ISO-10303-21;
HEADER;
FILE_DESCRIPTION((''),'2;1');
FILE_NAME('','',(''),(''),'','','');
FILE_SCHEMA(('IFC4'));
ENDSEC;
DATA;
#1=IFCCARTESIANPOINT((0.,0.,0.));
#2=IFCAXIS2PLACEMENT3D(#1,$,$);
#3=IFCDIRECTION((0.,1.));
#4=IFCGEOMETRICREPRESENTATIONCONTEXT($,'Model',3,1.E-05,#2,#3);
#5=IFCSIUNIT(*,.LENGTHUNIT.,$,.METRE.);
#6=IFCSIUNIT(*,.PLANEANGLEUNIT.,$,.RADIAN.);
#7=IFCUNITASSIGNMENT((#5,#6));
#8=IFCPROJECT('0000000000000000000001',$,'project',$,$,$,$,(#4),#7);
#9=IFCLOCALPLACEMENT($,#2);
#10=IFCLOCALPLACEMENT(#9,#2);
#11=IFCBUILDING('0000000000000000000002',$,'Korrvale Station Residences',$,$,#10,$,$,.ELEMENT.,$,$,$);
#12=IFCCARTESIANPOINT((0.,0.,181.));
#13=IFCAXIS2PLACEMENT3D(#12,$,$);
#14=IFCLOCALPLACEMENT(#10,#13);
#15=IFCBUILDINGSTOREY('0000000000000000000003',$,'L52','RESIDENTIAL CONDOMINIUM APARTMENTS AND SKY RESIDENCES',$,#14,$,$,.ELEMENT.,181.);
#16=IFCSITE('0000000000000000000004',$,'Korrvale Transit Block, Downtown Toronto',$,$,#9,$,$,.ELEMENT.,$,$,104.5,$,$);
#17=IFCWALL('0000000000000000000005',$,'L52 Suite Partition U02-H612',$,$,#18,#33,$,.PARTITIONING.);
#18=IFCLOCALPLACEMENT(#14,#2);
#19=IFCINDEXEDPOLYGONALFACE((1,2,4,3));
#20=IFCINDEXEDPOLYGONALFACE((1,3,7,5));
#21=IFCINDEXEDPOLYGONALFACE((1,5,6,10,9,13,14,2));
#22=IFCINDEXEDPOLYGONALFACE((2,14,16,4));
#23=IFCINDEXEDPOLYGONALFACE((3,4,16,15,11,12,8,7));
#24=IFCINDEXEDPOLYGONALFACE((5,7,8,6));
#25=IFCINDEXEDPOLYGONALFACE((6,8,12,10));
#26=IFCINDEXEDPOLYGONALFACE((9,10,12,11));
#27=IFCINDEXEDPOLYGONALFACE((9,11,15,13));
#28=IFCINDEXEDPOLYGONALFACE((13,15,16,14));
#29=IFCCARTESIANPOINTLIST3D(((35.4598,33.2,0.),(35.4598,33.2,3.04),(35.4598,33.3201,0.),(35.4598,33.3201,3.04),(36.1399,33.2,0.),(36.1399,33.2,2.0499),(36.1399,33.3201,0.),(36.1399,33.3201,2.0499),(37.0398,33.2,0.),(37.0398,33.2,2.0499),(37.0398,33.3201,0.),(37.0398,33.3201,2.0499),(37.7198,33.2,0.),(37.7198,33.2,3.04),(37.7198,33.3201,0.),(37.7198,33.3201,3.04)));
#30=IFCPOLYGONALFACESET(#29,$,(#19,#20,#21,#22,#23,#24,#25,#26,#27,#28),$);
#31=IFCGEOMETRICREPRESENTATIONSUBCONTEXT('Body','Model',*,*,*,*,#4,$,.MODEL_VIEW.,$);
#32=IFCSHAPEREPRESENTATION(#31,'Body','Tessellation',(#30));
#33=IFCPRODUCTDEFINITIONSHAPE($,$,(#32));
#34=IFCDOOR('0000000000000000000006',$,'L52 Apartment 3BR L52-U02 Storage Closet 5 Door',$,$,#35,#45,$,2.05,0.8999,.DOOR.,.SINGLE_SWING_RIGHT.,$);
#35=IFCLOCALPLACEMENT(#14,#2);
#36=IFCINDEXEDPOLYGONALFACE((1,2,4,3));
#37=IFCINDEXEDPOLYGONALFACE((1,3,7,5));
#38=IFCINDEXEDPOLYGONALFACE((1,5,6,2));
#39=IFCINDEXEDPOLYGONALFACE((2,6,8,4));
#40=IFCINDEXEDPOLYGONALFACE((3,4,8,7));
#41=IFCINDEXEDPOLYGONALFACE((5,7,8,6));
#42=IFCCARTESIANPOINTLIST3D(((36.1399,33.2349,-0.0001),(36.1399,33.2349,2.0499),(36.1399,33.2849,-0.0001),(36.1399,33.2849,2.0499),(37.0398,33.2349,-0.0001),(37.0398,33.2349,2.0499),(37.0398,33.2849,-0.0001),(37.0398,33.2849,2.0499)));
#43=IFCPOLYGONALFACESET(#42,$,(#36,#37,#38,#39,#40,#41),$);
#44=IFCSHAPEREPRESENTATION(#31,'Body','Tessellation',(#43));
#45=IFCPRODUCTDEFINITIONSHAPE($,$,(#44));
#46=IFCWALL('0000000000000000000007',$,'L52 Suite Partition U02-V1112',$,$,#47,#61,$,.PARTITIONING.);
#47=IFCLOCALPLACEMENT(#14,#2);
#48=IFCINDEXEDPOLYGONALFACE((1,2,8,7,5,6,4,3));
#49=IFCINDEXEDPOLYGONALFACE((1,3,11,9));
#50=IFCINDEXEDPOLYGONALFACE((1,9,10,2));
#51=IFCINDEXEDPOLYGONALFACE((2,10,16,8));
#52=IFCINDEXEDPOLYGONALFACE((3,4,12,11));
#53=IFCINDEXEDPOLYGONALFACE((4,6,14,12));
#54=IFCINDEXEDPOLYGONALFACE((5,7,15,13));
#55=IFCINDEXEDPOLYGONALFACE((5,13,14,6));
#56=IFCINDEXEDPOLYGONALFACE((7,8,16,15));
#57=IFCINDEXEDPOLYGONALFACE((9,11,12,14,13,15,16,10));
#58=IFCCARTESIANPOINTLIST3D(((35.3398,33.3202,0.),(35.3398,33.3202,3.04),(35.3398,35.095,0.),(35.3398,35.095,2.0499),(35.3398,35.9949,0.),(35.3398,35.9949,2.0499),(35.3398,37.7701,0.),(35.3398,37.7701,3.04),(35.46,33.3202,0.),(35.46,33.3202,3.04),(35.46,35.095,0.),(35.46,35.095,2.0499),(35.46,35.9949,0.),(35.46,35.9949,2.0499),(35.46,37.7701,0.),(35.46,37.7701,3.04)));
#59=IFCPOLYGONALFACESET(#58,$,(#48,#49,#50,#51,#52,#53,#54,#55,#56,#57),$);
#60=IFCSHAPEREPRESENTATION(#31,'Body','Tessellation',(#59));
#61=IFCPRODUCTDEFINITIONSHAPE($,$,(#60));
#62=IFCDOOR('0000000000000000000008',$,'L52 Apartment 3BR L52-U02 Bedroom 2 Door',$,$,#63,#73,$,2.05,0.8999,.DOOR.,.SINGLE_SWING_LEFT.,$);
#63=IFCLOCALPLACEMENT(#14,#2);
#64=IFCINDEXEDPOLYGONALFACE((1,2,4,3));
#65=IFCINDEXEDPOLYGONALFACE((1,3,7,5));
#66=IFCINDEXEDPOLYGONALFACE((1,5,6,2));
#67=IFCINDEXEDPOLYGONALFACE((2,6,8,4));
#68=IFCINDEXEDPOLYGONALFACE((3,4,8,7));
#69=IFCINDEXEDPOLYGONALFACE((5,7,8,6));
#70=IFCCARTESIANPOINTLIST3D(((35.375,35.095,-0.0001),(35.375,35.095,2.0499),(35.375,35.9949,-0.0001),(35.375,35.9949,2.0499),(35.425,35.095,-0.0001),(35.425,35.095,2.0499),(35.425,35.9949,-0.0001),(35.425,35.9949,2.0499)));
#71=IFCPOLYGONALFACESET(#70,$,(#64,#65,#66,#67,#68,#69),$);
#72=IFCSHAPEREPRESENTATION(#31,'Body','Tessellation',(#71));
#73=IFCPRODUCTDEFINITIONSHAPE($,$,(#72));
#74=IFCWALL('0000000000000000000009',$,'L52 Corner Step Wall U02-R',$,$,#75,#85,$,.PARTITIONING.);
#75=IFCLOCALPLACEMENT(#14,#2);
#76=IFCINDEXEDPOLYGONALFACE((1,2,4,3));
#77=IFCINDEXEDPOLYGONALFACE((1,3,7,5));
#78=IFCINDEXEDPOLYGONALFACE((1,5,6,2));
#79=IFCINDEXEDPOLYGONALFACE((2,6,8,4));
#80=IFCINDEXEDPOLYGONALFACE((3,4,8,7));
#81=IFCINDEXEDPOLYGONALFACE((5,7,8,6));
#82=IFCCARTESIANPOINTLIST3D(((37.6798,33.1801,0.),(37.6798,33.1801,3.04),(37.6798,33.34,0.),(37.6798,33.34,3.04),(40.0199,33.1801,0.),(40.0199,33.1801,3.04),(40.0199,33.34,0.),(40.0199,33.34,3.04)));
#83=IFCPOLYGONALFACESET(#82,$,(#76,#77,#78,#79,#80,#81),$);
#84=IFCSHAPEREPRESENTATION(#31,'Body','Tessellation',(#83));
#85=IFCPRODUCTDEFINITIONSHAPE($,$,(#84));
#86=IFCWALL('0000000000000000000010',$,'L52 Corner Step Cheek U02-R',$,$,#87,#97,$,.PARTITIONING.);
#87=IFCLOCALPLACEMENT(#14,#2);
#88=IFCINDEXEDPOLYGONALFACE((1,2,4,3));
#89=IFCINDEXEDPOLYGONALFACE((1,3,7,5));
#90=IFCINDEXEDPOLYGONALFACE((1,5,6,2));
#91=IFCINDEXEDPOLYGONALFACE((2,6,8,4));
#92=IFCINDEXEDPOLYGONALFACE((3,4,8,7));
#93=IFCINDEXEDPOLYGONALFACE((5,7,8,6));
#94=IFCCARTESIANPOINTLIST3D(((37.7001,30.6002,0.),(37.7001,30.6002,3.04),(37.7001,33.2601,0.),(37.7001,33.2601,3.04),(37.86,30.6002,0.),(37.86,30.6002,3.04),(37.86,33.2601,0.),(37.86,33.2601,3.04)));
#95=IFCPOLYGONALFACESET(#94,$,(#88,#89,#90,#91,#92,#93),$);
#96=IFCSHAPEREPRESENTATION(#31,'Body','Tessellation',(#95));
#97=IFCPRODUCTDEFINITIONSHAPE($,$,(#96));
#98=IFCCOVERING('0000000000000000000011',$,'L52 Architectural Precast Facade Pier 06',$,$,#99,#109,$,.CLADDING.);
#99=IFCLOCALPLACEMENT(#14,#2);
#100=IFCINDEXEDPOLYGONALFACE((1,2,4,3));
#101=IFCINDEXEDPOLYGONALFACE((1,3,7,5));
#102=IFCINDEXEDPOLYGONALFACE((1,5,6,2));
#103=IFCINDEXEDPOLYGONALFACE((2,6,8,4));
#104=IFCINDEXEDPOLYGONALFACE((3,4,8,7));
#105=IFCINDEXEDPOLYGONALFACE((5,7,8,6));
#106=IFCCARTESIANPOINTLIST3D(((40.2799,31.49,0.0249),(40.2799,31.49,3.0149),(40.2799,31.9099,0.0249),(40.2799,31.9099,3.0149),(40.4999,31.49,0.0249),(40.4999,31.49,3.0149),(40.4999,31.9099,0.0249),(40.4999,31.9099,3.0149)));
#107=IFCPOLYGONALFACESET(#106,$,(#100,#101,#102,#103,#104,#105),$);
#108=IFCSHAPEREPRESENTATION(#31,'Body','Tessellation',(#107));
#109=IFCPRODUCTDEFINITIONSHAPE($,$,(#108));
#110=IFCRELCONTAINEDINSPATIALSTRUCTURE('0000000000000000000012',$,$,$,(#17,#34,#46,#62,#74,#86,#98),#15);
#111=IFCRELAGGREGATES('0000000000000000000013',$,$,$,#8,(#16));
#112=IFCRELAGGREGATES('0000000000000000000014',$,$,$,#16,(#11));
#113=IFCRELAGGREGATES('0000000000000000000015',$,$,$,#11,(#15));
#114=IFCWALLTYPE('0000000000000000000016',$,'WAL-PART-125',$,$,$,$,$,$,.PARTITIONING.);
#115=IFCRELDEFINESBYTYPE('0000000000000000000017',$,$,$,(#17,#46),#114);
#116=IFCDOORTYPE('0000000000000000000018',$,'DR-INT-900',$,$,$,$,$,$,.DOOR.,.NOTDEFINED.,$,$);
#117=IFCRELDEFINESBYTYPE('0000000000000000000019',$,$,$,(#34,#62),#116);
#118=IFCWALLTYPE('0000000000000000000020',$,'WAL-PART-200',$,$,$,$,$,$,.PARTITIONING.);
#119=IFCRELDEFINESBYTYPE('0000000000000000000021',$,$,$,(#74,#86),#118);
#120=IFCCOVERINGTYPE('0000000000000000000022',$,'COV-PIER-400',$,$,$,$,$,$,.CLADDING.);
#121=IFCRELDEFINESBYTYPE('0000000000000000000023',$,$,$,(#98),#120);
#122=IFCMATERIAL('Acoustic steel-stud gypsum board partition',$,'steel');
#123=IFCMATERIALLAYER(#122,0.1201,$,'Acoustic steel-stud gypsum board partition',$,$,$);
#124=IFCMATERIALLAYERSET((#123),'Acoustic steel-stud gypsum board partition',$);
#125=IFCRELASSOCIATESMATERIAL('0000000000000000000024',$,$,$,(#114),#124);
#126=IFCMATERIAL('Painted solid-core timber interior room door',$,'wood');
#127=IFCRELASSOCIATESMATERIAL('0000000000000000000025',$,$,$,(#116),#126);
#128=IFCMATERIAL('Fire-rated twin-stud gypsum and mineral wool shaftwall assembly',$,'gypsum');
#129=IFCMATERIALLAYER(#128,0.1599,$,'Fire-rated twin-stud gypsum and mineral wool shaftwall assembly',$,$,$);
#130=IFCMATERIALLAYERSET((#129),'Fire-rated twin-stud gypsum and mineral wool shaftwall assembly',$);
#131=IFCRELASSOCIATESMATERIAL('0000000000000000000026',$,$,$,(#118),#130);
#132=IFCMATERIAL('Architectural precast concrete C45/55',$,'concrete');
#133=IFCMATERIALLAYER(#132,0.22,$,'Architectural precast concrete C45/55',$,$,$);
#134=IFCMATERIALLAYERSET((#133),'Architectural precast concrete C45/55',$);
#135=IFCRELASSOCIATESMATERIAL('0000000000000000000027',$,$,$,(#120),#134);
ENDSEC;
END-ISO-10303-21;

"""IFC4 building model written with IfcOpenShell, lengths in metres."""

from ifc_helpers import new_model, si_unit, direction, frame, frame_2d, origin, origin_2d, place, context, subcontext, project, spatial, rectangle, extrude, material, layer, layer_set, type_object, element, fill, save


model = new_model("IFC4")

# Units and contexts
model_context = context("Model", 3, precision=1e-05, world=origin(), true_north=direction((0.0, 1.0)))
body_context = subcontext(model_context, "Body", "Model", "MODEL_VIEW")
ifc_project = project(units=[si_unit("LENGTHUNIT", "METRE"), si_unit("PLANEANGLEUNIT", "RADIAN")], contexts=[model_context])

# Site, building, storey
site_placement = place(None, origin())
site = spatial("IfcSite", under=ifc_project, at=site_placement, Name="Korrvale Transit Block, Downtown Toronto", CompositionType="ELEMENT", RefElevation=104.5)
building_placement = place(site_placement, origin())
building = spatial("IfcBuilding", under=site, at=building_placement, Name="Korrvale Station Residences", CompositionType="ELEMENT")
storey_placement = place(building_placement, frame((0.0, 0.0, 181.0)))
storey = spatial("IfcBuildingStorey", under=building, at=storey_placement, Name="L52", Description="RESIDENTIAL CONDOMINIUM APARTMENTS AND SKY RESIDENCES", CompositionType="ELEMENT", Elevation=181.0)

# Shared definitions
ifc_material_1 = material(Name="Acoustic steel-stud gypsum board partition", Category="steel")
ifc_layer_1 = layer(ifc_material_1, 0.1201, Name="Acoustic steel-stud gypsum board partition")
ifc_layer_set_1 = layer_set([ifc_layer_1], Name="Acoustic steel-stud gypsum board partition")
wall_type_1 = type_object("IfcWallType", Name="WAL-PART-125", PredefinedType="PARTITIONING", material=ifc_layer_set_1)
ifc_material_2 = material(Name="Painted solid-core timber interior room door", Category="wood")
door_type = type_object("IfcDoorType", Name="DR-INT-900", OperationType="NOTDEFINED", PredefinedType="DOOR", material=ifc_material_2)

# Walls, openings, doors
wall_1_placement = place(storey_placement, frame((35.46, 33.26, 0.0), z_axis=(0.0, 0.0, 1.0), x_axis=(1.0, 0.0, 0.0)))
wall_1 = element("IfcWall", 1, at=wall_1_placement, inside=storey, type_object=wall_type_1, Name="L52 Suite Partition U02-H612", PredefinedType="PARTITIONING", context=body_context, shape_type="SweptSolid", body=[
    extrude(rectangle(XDim=2.26, YDim=0.1201, at=frame_2d((1.1299, 0.0))), origin(), (0.0, 0.0, 1.0), 3.04),
])
opening_1_placement = place(wall_1_placement, frame((0.6799, 0.0, 0.0)))
opening_1 = element("IfcOpeningElement", 2, at=opening_1_placement, cuts=wall_1, PredefinedType="OPENING", context=body_context, shape_type="SweptSolid", body=[
    extrude(rectangle(XDim=0.8999, YDim=2.05, at=frame_2d((0.45, 1.0249))), frame((0.0, 0.0701, 0.0), z_axis=(0.0, -1.0, 0.0), x_axis=(1.0, 0.0, 0.0)), (0.0, 0.0, 1.0), 0.1401),
])
door_1_placement = place(opening_1_placement, origin())
door_1 = element("IfcDoor", 3, at=door_1_placement, inside=storey, type_object=door_type, Name="L52 Apartment 3BR L52-U02 Storage Closet 5 Door", OperationType="SINGLE_SWING_RIGHT", OverallHeight=2.05, OverallWidth=0.8999, PredefinedType="DOOR", context=body_context, shape_type="SweptSolid", body=[
    extrude(rectangle(XDim=0.8999, YDim=2.05, at=frame_2d((0.45, 1.0249))), frame((0.0, 0.0249, 0.0), z_axis=(0.0, -1.0, 0.0), x_axis=(1.0, 0.0, 0.0)), (0.0, 0.0, 1.0), 0.05),
])
fill(opening_1, door_1)
wall_2_placement = place(storey_placement, frame((35.3999, 33.3201, 0.0), z_axis=(0.0, 0.0, 1.0), x_axis=(0.0, 1.0, 0.0)))
wall_2 = element("IfcWall", 4, at=wall_2_placement, inside=storey, type_object=wall_type_1, Name="L52 Suite Partition U02-V1112", PredefinedType="PARTITIONING", context=body_context, shape_type="SweptSolid", body=[
    extrude(rectangle(XDim=4.45, YDim=0.1201, at=frame_2d((2.2251, 0.0))), origin(), (0.0, 0.0, 1.0), 3.04),
])
opening_2_placement = place(wall_2_placement, frame((1.7749, 0.0, 0.0)))
opening_2 = element("IfcOpeningElement", 5, at=opening_2_placement, cuts=wall_2, PredefinedType="OPENING", context=body_context, shape_type="SweptSolid", body=[
    extrude(rectangle(XDim=0.8999, YDim=2.05, at=frame_2d((0.45, 1.0249))), frame((0.0, 0.0701, 0.0), z_axis=(0.0, -1.0, 0.0), x_axis=(1.0, 0.0, 0.0)), (0.0, 0.0, 1.0), 0.1401),
])
door_2_placement = place(opening_2_placement, origin())
door_2 = element("IfcDoor", 6, at=door_2_placement, inside=storey, type_object=door_type, Name="L52 Apartment 3BR L52-U02 Bedroom 2 Door", OperationType="SINGLE_SWING_LEFT", OverallHeight=2.05, OverallWidth=0.8999, PredefinedType="DOOR", context=body_context, shape_type="SweptSolid", body=[
    extrude(rectangle(XDim=0.8999, YDim=2.05, at=frame_2d((0.45, 1.0249))), frame((0.0, 0.0249, 0.0), z_axis=(0.0, -1.0, 0.0), x_axis=(1.0, 0.0, 0.0)), (0.0, 0.0, 1.0), 0.05),
])
fill(opening_2, door_2)

# Walls
ifc_material_3 = material(Name="Fire-rated twin-stud gypsum and mineral wool shaftwall assembly", Category="gypsum")
ifc_layer_2 = layer(ifc_material_3, 0.1599, Name="Fire-rated twin-stud gypsum and mineral wool shaftwall assembly")
ifc_layer_set_2 = layer_set([ifc_layer_2], Name="Fire-rated twin-stud gypsum and mineral wool shaftwall assembly")
wall_type_2 = type_object("IfcWallType", Name="WAL-PART-200", PredefinedType="PARTITIONING", material=ifc_layer_set_2)
wall_3_placement = place(storey_placement, frame((37.6799, 33.26, 0.0), z_axis=(0.0, 0.0, 1.0), x_axis=(1.0, 0.0, 0.0)))
element("IfcWall", 7, at=wall_3_placement, inside=storey, type_object=wall_type_2, Name="L52 Corner Step Wall U02-R", PredefinedType="PARTITIONING", context=body_context, shape_type="SweptSolid", body=[
    extrude(rectangle(XDim=2.3401, YDim=0.1599, at=frame_2d((1.1699, 0.0))), origin(), (0.0, 0.0, 1.0), 3.04),
])
wall_4_placement = place(storey_placement, frame((37.78, 30.6001, 0.0), z_axis=(0.0, 0.0, 1.0), x_axis=(0.0, 1.0, 0.0)))
element("IfcWall", 8, at=wall_4_placement, inside=storey, type_object=wall_type_2, Name="L52 Corner Step Cheek U02-R", PredefinedType="PARTITIONING", context=body_context, shape_type="SweptSolid", body=[
    extrude(rectangle(XDim=2.6599, YDim=0.1599, at=frame_2d((1.3301, 0.0))), origin(), (0.0, 0.0, 1.0), 3.04),
])

# Covering
ifc_material_4 = material(Name="Architectural precast concrete C45/55", Category="concrete")
ifc_layer_3 = layer(ifc_material_4, 0.22, Name="Architectural precast concrete C45/55")
ifc_layer_set_3 = layer_set([ifc_layer_3], Name="Architectural precast concrete C45/55")
covering_type = type_object("IfcCoveringType", Name="COV-PIER-400", PredefinedType="CLADDING", material=ifc_layer_set_3)
covering_placement = place(storey_placement, frame((40.3899, 31.7, 0.0249), z_axis=(0.0, 0.0, 1.0), x_axis=(0.0, 1.0, 0.0)))
element("IfcCovering", 9, at=covering_placement, inside=storey, type_object=covering_type, Name="L52 Architectural Precast Facade Pier 06", PredefinedType="CLADDING", context=body_context, shape_type="SweptSolid", body=[
    extrude(rectangle(XDim=0.4199, YDim=0.22, at=origin_2d()), origin(), (0.0, 0.0, 1.0), 2.99),
])

save(model, "model.ifc")
